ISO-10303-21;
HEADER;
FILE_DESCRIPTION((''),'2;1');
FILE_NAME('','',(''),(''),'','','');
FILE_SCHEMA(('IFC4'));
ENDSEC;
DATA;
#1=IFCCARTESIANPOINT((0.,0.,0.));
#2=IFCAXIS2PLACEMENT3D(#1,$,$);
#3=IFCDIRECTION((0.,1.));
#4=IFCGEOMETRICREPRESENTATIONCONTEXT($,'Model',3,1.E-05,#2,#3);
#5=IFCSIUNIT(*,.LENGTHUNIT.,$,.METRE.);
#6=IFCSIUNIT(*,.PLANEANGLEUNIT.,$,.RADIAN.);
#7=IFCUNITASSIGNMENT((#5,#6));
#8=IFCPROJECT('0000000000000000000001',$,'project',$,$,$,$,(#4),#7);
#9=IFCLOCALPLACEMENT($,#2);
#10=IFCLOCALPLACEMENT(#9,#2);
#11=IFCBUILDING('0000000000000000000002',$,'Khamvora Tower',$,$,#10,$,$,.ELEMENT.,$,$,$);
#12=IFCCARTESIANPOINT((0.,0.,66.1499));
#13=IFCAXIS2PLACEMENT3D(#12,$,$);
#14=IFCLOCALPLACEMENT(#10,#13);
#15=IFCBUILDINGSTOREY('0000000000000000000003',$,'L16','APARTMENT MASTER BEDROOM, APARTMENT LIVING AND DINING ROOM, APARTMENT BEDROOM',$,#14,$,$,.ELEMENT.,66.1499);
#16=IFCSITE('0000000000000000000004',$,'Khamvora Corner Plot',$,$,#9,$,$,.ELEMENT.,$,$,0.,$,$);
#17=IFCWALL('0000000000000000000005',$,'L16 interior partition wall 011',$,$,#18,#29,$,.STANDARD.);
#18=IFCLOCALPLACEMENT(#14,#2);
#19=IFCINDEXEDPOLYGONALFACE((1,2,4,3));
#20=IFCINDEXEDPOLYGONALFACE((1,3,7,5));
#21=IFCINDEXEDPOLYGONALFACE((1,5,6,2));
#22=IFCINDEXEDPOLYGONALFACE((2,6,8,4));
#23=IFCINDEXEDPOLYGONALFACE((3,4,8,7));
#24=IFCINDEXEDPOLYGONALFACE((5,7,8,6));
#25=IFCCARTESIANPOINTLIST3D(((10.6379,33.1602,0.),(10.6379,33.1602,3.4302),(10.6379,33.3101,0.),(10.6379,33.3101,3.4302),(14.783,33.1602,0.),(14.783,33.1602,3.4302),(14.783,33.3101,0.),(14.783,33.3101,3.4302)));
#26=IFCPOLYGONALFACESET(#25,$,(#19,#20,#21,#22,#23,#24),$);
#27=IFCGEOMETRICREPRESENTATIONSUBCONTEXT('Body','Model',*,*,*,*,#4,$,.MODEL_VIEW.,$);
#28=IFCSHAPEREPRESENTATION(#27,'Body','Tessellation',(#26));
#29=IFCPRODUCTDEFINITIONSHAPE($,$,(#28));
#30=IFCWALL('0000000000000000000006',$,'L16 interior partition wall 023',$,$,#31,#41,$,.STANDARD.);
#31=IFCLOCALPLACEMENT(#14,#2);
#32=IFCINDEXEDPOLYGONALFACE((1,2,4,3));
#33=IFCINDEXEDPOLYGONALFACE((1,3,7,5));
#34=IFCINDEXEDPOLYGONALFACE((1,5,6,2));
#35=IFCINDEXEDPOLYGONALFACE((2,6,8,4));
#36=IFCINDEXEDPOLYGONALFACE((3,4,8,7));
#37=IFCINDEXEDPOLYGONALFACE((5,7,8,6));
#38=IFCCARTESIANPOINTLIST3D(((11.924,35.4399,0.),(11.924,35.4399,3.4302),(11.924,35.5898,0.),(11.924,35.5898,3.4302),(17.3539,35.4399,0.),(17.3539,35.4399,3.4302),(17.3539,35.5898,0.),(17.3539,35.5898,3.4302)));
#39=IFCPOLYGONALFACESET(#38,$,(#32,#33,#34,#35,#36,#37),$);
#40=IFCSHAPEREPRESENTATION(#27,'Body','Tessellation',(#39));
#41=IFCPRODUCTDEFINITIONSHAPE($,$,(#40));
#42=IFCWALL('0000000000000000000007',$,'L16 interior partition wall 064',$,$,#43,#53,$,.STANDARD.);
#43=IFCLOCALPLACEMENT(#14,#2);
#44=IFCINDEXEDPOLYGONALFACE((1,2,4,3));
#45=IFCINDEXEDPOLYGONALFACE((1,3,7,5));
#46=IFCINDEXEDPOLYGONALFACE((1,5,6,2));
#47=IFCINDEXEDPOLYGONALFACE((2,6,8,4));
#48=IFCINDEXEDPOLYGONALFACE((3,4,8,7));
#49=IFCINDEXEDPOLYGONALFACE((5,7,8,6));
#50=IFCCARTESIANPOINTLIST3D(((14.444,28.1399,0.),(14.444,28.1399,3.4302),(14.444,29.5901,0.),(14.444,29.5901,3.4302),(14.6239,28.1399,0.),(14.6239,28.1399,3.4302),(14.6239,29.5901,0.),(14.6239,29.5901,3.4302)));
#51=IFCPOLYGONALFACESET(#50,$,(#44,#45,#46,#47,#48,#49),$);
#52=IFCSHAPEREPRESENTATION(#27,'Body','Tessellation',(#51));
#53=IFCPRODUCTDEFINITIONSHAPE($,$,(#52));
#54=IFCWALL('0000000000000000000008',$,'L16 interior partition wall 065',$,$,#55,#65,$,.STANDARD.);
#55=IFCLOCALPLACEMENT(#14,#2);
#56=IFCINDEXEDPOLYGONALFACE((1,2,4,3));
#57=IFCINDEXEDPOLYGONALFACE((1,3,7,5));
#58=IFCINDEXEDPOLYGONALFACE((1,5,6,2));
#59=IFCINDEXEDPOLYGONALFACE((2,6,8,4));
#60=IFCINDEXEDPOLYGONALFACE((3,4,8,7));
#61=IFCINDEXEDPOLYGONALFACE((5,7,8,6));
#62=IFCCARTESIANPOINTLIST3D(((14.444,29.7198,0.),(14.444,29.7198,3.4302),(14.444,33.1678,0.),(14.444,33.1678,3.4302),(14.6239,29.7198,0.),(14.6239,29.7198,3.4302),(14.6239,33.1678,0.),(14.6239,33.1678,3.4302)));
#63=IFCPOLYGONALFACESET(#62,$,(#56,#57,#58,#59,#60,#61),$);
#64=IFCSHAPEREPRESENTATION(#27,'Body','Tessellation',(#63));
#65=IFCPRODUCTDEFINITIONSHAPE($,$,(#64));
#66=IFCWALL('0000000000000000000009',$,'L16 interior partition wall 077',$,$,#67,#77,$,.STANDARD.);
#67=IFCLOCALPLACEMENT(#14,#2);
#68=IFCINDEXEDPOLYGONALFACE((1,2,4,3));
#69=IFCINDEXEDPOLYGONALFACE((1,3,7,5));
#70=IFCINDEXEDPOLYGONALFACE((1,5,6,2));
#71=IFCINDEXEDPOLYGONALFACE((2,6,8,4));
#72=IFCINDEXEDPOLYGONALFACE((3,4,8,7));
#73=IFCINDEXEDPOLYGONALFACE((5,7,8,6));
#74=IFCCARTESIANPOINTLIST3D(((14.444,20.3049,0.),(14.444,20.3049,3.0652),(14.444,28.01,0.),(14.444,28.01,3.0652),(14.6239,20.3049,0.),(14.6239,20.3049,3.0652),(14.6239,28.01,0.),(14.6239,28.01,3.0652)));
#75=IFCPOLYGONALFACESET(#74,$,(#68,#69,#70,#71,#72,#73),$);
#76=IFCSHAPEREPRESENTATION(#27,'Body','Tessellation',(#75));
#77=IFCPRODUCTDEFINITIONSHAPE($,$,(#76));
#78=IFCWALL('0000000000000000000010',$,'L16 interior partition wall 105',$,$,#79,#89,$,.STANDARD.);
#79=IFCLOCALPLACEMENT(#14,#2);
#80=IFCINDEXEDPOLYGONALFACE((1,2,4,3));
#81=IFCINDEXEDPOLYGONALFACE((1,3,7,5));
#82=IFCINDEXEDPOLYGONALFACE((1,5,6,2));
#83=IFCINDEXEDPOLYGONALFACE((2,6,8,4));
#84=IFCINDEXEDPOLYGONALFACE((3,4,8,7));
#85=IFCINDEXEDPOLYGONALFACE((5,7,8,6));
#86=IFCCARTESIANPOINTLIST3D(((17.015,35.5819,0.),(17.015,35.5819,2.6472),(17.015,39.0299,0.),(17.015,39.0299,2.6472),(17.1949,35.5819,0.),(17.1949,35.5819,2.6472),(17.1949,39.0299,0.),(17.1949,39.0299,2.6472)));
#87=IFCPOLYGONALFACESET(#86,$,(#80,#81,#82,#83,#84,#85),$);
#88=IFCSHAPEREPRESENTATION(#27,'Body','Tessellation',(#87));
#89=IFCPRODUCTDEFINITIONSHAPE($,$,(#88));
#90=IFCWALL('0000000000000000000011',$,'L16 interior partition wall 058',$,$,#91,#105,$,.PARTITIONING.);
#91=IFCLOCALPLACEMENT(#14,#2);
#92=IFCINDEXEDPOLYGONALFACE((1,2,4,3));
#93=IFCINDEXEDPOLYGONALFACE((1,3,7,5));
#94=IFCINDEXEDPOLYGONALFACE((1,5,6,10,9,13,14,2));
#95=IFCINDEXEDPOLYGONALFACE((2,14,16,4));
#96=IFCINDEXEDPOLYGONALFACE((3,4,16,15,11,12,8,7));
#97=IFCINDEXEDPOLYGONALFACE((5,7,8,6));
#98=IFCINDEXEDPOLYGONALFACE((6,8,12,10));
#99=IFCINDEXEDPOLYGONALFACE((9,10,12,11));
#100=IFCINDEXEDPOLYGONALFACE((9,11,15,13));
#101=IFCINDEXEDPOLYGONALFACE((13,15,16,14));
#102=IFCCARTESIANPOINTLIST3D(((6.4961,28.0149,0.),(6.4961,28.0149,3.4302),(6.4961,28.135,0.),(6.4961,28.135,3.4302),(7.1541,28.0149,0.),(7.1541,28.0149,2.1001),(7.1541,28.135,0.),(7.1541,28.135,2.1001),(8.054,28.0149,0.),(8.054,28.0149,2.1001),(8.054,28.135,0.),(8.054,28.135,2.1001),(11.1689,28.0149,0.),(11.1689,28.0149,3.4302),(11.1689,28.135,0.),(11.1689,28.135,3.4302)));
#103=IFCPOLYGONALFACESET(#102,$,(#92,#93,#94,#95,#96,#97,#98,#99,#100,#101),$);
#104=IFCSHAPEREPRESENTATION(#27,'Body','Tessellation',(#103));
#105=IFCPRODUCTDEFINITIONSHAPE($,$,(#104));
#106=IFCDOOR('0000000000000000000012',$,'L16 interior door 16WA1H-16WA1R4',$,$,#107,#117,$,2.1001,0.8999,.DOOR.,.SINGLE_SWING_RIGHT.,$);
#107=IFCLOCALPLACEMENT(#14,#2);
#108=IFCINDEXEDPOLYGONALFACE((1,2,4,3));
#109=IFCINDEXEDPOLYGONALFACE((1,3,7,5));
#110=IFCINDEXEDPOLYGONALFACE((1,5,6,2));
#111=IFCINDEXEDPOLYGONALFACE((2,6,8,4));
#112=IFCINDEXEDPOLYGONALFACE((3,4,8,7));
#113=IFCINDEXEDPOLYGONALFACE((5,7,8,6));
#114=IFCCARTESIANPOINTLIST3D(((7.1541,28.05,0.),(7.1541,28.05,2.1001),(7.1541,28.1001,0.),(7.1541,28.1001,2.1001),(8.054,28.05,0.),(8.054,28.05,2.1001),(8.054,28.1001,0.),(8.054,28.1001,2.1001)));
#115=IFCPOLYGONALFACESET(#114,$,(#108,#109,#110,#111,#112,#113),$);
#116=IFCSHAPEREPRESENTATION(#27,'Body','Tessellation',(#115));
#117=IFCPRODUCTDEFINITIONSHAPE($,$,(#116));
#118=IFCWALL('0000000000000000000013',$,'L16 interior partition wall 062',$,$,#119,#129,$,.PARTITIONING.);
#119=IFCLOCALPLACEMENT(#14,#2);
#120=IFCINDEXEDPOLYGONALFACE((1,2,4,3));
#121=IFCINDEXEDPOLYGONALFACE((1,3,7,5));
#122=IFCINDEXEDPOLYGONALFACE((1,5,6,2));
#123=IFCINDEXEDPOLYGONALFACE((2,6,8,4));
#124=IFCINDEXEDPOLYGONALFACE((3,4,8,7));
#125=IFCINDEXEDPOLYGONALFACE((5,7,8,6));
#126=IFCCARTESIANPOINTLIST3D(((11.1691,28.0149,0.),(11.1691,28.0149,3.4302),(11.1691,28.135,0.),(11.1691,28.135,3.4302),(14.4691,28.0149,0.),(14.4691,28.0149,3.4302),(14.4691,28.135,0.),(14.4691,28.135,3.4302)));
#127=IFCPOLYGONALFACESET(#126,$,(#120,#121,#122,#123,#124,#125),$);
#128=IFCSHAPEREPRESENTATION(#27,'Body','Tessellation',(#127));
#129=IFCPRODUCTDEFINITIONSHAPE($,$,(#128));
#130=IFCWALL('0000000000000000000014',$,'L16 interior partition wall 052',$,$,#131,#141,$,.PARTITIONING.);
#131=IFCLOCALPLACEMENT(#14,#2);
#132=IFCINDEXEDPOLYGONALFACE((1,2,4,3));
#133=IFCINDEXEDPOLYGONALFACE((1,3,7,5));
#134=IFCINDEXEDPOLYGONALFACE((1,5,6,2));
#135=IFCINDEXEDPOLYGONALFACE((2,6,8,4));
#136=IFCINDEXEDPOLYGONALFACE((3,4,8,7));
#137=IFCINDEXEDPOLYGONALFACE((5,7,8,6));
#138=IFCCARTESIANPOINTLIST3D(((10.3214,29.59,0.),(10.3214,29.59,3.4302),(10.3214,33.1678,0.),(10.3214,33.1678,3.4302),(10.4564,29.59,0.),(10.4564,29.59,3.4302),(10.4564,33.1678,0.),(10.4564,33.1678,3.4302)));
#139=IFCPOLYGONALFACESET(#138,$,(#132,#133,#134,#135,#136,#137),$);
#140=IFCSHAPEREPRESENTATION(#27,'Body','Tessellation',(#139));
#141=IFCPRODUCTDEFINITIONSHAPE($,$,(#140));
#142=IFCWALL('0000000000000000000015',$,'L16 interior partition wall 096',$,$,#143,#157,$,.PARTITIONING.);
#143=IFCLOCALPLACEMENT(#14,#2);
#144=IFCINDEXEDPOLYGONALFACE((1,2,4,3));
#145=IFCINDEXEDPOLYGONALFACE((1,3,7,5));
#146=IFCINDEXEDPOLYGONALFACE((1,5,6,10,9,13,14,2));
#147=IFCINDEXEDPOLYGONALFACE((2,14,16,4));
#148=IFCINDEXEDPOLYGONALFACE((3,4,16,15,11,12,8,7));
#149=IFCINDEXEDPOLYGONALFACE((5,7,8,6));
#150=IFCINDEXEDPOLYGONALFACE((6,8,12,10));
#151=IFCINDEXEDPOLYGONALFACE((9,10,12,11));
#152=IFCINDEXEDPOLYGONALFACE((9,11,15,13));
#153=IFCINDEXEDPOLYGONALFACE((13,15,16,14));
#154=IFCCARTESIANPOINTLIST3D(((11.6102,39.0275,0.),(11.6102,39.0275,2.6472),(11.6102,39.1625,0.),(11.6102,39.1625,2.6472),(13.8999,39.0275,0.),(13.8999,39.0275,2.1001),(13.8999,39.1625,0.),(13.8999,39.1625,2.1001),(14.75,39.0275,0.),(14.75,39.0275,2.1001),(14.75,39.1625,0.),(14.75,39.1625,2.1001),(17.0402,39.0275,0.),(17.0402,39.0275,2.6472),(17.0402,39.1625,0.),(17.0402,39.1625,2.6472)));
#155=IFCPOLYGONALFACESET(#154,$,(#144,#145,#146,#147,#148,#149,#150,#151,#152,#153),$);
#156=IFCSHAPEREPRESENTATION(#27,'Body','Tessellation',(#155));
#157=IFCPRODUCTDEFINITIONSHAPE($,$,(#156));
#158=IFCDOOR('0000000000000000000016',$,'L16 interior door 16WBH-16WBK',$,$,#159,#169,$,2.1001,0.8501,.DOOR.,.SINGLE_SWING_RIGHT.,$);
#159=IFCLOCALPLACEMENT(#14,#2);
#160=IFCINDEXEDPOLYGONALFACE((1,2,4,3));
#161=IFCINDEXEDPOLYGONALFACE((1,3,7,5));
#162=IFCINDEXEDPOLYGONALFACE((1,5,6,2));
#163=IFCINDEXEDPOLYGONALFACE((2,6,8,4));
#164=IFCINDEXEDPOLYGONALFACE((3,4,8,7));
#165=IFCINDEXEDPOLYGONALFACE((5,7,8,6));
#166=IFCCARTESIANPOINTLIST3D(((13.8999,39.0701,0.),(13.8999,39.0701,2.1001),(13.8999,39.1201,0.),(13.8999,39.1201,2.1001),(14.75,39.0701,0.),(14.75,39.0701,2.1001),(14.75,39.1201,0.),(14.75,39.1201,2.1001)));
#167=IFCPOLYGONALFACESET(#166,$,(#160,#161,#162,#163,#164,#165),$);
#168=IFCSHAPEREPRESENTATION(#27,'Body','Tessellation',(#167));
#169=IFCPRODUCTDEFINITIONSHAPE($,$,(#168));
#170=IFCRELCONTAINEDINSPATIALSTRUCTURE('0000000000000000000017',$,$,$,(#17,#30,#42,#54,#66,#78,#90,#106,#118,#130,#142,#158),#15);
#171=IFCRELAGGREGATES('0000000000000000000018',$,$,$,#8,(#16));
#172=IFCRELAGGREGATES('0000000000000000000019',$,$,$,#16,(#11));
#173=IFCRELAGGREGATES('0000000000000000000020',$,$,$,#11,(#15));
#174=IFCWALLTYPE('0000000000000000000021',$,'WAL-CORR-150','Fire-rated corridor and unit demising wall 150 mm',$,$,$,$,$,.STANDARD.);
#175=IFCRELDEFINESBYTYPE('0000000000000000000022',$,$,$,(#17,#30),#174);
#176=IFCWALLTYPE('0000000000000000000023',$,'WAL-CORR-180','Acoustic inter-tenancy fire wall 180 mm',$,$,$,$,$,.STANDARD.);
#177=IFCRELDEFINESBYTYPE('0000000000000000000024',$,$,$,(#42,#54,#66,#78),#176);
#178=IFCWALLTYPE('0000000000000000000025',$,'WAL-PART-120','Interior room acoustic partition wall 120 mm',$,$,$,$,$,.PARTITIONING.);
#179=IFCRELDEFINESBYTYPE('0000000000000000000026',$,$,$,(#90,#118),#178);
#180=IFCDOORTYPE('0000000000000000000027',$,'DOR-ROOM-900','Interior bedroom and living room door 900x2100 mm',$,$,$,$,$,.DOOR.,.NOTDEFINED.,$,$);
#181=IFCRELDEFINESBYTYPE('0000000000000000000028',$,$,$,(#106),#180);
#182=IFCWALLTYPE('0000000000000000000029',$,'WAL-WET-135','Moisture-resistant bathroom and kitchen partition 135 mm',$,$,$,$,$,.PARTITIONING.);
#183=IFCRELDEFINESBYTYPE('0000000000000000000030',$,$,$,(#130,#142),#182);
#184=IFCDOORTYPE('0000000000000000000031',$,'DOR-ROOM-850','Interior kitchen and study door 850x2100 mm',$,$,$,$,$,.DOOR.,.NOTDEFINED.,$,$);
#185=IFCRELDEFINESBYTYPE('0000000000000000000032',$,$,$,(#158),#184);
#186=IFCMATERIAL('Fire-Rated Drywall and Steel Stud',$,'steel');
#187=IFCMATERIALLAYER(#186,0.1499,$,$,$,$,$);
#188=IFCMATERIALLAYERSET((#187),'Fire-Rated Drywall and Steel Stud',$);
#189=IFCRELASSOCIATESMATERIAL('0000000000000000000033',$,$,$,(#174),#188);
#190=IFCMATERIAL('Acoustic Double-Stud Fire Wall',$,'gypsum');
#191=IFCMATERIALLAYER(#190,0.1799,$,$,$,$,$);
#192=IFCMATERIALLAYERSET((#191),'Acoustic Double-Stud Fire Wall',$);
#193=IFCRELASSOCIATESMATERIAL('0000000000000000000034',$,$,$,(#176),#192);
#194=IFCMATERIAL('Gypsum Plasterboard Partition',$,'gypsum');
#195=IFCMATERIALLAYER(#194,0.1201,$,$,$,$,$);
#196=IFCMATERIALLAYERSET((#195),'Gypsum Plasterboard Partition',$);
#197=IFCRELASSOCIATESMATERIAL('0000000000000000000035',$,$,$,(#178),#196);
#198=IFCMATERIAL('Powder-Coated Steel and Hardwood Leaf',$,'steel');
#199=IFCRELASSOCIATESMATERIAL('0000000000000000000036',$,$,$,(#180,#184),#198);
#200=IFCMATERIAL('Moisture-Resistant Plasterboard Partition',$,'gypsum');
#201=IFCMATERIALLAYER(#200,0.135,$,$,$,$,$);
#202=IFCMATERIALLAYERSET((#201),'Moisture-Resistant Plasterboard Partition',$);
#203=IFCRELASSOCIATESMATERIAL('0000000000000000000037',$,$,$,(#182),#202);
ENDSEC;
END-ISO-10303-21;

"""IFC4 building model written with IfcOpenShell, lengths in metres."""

from ifc_helpers import new_model, si_unit, direction, frame, frame_2d, origin, place, context, subcontext, project, spatial, rectangle, extrude, material, layer, layer_set, type_object, element, fill, save


model = new_model("IFC4")

# Units and contexts
model_context = context("Model", 3, precision=1e-05, world=origin(), true_north=direction((0.0, 1.0)))
body_context = subcontext(model_context, "Body", "Model", "MODEL_VIEW")
ifc_project = project(units=[si_unit("LENGTHUNIT", "METRE"), si_unit("PLANEANGLEUNIT", "RADIAN")], contexts=[model_context])

# Site, building, storey
site_placement = place(None, origin())
site = spatial("IfcSite", under=ifc_project, at=site_placement, Name="Khamvora Corner Plot", CompositionType="ELEMENT", RefElevation=0.0)
building_placement = place(site_placement, origin())
building = spatial("IfcBuilding", under=site, at=building_placement, Name="Khamvora Tower", CompositionType="ELEMENT")
storey_placement = place(building_placement, frame((0.0, 0.0, 66.1499)))
storey = spatial("IfcBuildingStorey", under=building, at=storey_placement, Name="L16", Description="APARTMENT MASTER BEDROOM, APARTMENT LIVING AND DINING ROOM, APARTMENT BEDROOM", CompositionType="ELEMENT", Elevation=66.1499)

# Shared definitions
ifc_material_1 = material(Name="Fire-Rated Drywall and Steel Stud", Category="steel")
ifc_layer_1 = layer(ifc_material_1, 0.1499)
ifc_layer_set_1 = layer_set([ifc_layer_1], Name="Fire-Rated Drywall and Steel Stud")
wall_type_1 = type_object("IfcWallType", Name="WAL-CORR-150", Description="Fire-rated corridor and unit demising wall 150 mm", PredefinedType="STANDARD", material=ifc_layer_set_1)
ifc_material_2 = material(Name="Powder-Coated Steel and Hardwood Leaf", Category="steel")

# Walls
wall_1_placement = place(storey_placement, frame((14.783, 33.2351, 0.0), z_axis=(0.0, 0.0, 1.0), x_axis=(-1.0, 0.0, 0.0)))
element("IfcWall", 1, at=wall_1_placement, inside=storey, type_object=wall_type_1, Name="L16 interior partition wall 011", PredefinedType="STANDARD", context=body_context, shape_type="SweptSolid", body=[
    extrude(rectangle(XDim=4.145, YDim=0.1499, at=frame_2d((2.0725, 0.0))), origin(), (0.0, 0.0, 1.0), 3.4302),
])
wall_2_placement = place(storey_placement, frame((11.9241, 35.5149, 0.0), z_axis=(0.0, 0.0, 1.0), x_axis=(1.0, 0.0, 0.0)))
element("IfcWall", 2, at=wall_2_placement, inside=storey, type_object=wall_type_1, Name="L16 interior partition wall 023", PredefinedType="STANDARD", context=body_context, shape_type="SweptSolid", body=[
    extrude(rectangle(XDim=5.4299, YDim=0.1499, at=frame_2d((2.7148, 0.0))), origin(), (0.0, 0.0, 1.0), 3.4302),
])
ifc_material_3 = material(Name="Acoustic Double-Stud Fire Wall", Category="gypsum")
ifc_layer_2 = layer(ifc_material_3, 0.1799)
ifc_layer_set_2 = layer_set([ifc_layer_2], Name="Acoustic Double-Stud Fire Wall")
wall_type_2 = type_object("IfcWallType", Name="WAL-CORR-180", Description="Acoustic inter-tenancy fire wall 180 mm", PredefinedType="STANDARD", material=ifc_layer_set_2)
wall_3_placement = place(storey_placement, frame((14.5339, 29.5901, 0.0), z_axis=(0.0, 0.0, 1.0), x_axis=(0.0, -1.0, 0.0)))
element("IfcWall", 3, at=wall_3_placement, inside=storey, type_object=wall_type_2, Name="L16 interior partition wall 064", PredefinedType="STANDARD", context=body_context, shape_type="SweptSolid", body=[
    extrude(rectangle(XDim=1.4502, YDim=0.1799, at=frame_2d((0.7251, 0.0))), origin(), (0.0, 0.0, 1.0), 3.4302),
])
wall_4_placement = place(storey_placement, frame((14.5339, 33.168, 0.0), z_axis=(0.0, 0.0, 1.0), x_axis=(0.0, -1.0, 0.0)))
element("IfcWall", 4, at=wall_4_placement, inside=storey, type_object=wall_type_2, Name="L16 interior partition wall 065", PredefinedType="STANDARD", context=body_context, shape_type="SweptSolid", body=[
    extrude(rectangle(XDim=3.448, YDim=0.1799, at=frame_2d((1.7241, 0.0))), origin(), (0.0, 0.0, 1.0), 3.4302),
])
wall_5_placement = place(storey_placement, frame((14.5339, 28.01, 0.0), z_axis=(0.0, 0.0, 1.0), x_axis=(0.0, -1.0, 0.0)))
element("IfcWall", 5, at=wall_5_placement, inside=storey, type_object=wall_type_2, Name="L16 interior partition wall 077", PredefinedType="STANDARD", context=body_context, shape_type="SweptSolid", body=[
    extrude(rectangle(XDim=7.7051, YDim=0.1799, at=frame_2d((3.8525, 0.0))), origin(), (0.0, 0.0, 1.0), 3.0652),
])
wall_6_placement = place(storey_placement, frame((17.105, 39.03, 0.0), z_axis=(0.0, 0.0, 1.0), x_axis=(0.0, -1.0, 0.0)))
element("IfcWall", 6, at=wall_6_placement, inside=storey, type_object=wall_type_2, Name="L16 interior partition wall 105", PredefinedType="STANDARD", context=body_context, shape_type="SweptSolid", body=[
    extrude(rectangle(XDim=3.448, YDim=0.1799, at=frame_2d((1.7241, 0.0))), origin(), (0.0, 0.0, 1.0), 2.6472),
])

# Wall, opening, door
ifc_material_4 = material(Name="Gypsum Plasterboard Partition", Category="gypsum")
ifc_layer_3 = layer(ifc_material_4, 0.1201)
ifc_layer_set_3 = layer_set([ifc_layer_3], Name="Gypsum Plasterboard Partition")
wall_type_3 = type_object("IfcWallType", Name="WAL-PART-120", Description="Interior room acoustic partition wall 120 mm", PredefinedType="PARTITIONING", material=ifc_layer_set_3)
wall_7_placement = place(storey_placement, frame((11.1689, 28.075, 0.0), z_axis=(0.0, 0.0, 1.0), x_axis=(-1.0, 0.0, 0.0)))
wall_7 = element("IfcWall", 7, at=wall_7_placement, inside=storey, type_object=wall_type_3, Name="L16 interior partition wall 058", PredefinedType="PARTITIONING", context=body_context, shape_type="SweptSolid", body=[
    extrude(rectangle(XDim=4.6729, YDim=0.1201, at=frame_2d((2.3364, 0.0))), origin(), (0.0, 0.0, 1.0), 3.4302),
])
opening_1_placement = place(wall_7_placement, frame((3.115, 0.0, 0.0)))
opening_1 = element("IfcOpeningElement", 8, at=opening_1_placement, cuts=wall_7, PredefinedType="OPENING", context=body_context, shape_type="SweptSolid", body=[
    extrude(rectangle(XDim=0.8999, YDim=2.1001, at=frame_2d((0.45, 1.05))), frame((0.0, 0.0701, 0.0), z_axis=(0.0, -1.0, 0.0), x_axis=(1.0, 0.0, 0.0)), (0.0, 0.0, 1.0), 0.1401),
])
door_type_1 = type_object("IfcDoorType", Name="DOR-ROOM-900", Description="Interior bedroom and living room door 900x2100 mm", OperationType="NOTDEFINED", PredefinedType="DOOR", material=ifc_material_2)
door_1_placement = place(opening_1_placement, origin())
door_1 = element("IfcDoor", 9, at=door_1_placement, inside=storey, type_object=door_type_1, Name="L16 interior door 16WA1H-16WA1R4", OperationType="SINGLE_SWING_RIGHT", OverallHeight=2.1001, OverallWidth=0.8999, PredefinedType="DOOR", context=body_context, shape_type="SweptSolid", body=[
    extrude(rectangle(XDim=0.8999, YDim=2.1001, at=frame_2d((0.45, 1.05))), frame((0.0, 0.0249, 0.0), z_axis=(0.0, -1.0, 0.0), x_axis=(1.0, 0.0, 0.0)), (0.0, 0.0, 1.0), 0.05),
])
fill(opening_1, door_1)

# Walls
wall_8_placement = place(storey_placement, frame((14.469, 28.075, 0.0), z_axis=(0.0, 0.0, 1.0), x_axis=(-1.0, 0.0, 0.0)))
element("IfcWall", 10, at=wall_8_placement, inside=storey, type_object=wall_type_3, Name="L16 interior partition wall 062", PredefinedType="PARTITIONING", context=body_context, shape_type="SweptSolid", body=[
    extrude(rectangle(XDim=3.3, YDim=0.1201, at=frame_2d((1.6499, 0.0))), origin(), (0.0, 0.0, 1.0), 3.4302),
])
ifc_material_5 = material(Name="Moisture-Resistant Plasterboard Partition", Category="gypsum")
ifc_layer_4 = layer(ifc_material_5, 0.135)
ifc_layer_set_4 = layer_set([ifc_layer_4], Name="Moisture-Resistant Plasterboard Partition")
wall_type_4 = type_object("IfcWallType", Name="WAL-WET-135", Description="Moisture-resistant bathroom and kitchen partition 135 mm", PredefinedType="PARTITIONING", material=ifc_layer_set_4)
wall_9_placement = place(storey_placement, frame((10.3889, 33.168, 0.0), z_axis=(0.0, 0.0, 1.0), x_axis=(0.0, -1.0, 0.0)))
element("IfcWall", 11, at=wall_9_placement, inside=storey, type_object=wall_type_4, Name="L16 interior partition wall 052", PredefinedType="PARTITIONING", context=body_context, shape_type="SweptSolid", body=[
    extrude(rectangle(XDim=3.5779, YDim=0.135, at=frame_2d((1.7891, 0.0))), origin(), (0.0, 0.0, 1.0), 3.4302),
])

# Wall, opening, door
wall_10_placement = place(storey_placement, frame((17.04, 39.095, 0.0), z_axis=(0.0, 0.0, 1.0), x_axis=(-1.0, 0.0, 0.0)))
wall_10 = element("IfcWall", 12, at=wall_10_placement, inside=storey, type_object=wall_type_4, Name="L16 interior partition wall 096", PredefinedType="PARTITIONING", context=body_context, shape_type="SweptSolid", body=[
    extrude(rectangle(XDim=5.4299, YDim=0.135, at=frame_2d((2.7148, 0.0))), origin(), (0.0, 0.0, 1.0), 2.6472),
])
opening_2_placement = place(wall_10_placement, frame((2.29, 0.0, 0.0)))
opening_2 = element("IfcOpeningElement", 13, at=opening_2_placement, cuts=wall_10, PredefinedType="OPENING", context=body_context, shape_type="SweptSolid", body=[
    extrude(rectangle(XDim=0.8501, YDim=2.1001, at=frame_2d((0.425, 1.05))), frame((0.0, 0.0774, 0.0), z_axis=(0.0, -1.0, 0.0), x_axis=(1.0, 0.0, 0.0)), (0.0, 0.0, 1.0), 0.155),
])
door_type_2 = type_object("IfcDoorType", Name="DOR-ROOM-850", Description="Interior kitchen and study door 850x2100 mm", OperationType="NOTDEFINED", PredefinedType="DOOR", material=ifc_material_2)
door_2_placement = place(opening_2_placement, origin())
door_2 = element("IfcDoor", 14, at=door_2_placement, inside=storey, type_object=door_type_2, Name="L16 interior door 16WBH-16WBK", OperationType="SINGLE_SWING_RIGHT", OverallHeight=2.1001, OverallWidth=0.8501, PredefinedType="DOOR", context=body_context, shape_type="SweptSolid", body=[
    extrude(rectangle(XDim=0.8501, YDim=2.1001, at=frame_2d((0.425, 1.05))), frame((0.0, 0.0249, 0.0), z_axis=(0.0, -1.0, 0.0), x_axis=(1.0, 0.0, 0.0)), (0.0, 0.0, 1.0), 0.05),
])
fill(opening_2, door_2)

save(model, "model.ifc")
